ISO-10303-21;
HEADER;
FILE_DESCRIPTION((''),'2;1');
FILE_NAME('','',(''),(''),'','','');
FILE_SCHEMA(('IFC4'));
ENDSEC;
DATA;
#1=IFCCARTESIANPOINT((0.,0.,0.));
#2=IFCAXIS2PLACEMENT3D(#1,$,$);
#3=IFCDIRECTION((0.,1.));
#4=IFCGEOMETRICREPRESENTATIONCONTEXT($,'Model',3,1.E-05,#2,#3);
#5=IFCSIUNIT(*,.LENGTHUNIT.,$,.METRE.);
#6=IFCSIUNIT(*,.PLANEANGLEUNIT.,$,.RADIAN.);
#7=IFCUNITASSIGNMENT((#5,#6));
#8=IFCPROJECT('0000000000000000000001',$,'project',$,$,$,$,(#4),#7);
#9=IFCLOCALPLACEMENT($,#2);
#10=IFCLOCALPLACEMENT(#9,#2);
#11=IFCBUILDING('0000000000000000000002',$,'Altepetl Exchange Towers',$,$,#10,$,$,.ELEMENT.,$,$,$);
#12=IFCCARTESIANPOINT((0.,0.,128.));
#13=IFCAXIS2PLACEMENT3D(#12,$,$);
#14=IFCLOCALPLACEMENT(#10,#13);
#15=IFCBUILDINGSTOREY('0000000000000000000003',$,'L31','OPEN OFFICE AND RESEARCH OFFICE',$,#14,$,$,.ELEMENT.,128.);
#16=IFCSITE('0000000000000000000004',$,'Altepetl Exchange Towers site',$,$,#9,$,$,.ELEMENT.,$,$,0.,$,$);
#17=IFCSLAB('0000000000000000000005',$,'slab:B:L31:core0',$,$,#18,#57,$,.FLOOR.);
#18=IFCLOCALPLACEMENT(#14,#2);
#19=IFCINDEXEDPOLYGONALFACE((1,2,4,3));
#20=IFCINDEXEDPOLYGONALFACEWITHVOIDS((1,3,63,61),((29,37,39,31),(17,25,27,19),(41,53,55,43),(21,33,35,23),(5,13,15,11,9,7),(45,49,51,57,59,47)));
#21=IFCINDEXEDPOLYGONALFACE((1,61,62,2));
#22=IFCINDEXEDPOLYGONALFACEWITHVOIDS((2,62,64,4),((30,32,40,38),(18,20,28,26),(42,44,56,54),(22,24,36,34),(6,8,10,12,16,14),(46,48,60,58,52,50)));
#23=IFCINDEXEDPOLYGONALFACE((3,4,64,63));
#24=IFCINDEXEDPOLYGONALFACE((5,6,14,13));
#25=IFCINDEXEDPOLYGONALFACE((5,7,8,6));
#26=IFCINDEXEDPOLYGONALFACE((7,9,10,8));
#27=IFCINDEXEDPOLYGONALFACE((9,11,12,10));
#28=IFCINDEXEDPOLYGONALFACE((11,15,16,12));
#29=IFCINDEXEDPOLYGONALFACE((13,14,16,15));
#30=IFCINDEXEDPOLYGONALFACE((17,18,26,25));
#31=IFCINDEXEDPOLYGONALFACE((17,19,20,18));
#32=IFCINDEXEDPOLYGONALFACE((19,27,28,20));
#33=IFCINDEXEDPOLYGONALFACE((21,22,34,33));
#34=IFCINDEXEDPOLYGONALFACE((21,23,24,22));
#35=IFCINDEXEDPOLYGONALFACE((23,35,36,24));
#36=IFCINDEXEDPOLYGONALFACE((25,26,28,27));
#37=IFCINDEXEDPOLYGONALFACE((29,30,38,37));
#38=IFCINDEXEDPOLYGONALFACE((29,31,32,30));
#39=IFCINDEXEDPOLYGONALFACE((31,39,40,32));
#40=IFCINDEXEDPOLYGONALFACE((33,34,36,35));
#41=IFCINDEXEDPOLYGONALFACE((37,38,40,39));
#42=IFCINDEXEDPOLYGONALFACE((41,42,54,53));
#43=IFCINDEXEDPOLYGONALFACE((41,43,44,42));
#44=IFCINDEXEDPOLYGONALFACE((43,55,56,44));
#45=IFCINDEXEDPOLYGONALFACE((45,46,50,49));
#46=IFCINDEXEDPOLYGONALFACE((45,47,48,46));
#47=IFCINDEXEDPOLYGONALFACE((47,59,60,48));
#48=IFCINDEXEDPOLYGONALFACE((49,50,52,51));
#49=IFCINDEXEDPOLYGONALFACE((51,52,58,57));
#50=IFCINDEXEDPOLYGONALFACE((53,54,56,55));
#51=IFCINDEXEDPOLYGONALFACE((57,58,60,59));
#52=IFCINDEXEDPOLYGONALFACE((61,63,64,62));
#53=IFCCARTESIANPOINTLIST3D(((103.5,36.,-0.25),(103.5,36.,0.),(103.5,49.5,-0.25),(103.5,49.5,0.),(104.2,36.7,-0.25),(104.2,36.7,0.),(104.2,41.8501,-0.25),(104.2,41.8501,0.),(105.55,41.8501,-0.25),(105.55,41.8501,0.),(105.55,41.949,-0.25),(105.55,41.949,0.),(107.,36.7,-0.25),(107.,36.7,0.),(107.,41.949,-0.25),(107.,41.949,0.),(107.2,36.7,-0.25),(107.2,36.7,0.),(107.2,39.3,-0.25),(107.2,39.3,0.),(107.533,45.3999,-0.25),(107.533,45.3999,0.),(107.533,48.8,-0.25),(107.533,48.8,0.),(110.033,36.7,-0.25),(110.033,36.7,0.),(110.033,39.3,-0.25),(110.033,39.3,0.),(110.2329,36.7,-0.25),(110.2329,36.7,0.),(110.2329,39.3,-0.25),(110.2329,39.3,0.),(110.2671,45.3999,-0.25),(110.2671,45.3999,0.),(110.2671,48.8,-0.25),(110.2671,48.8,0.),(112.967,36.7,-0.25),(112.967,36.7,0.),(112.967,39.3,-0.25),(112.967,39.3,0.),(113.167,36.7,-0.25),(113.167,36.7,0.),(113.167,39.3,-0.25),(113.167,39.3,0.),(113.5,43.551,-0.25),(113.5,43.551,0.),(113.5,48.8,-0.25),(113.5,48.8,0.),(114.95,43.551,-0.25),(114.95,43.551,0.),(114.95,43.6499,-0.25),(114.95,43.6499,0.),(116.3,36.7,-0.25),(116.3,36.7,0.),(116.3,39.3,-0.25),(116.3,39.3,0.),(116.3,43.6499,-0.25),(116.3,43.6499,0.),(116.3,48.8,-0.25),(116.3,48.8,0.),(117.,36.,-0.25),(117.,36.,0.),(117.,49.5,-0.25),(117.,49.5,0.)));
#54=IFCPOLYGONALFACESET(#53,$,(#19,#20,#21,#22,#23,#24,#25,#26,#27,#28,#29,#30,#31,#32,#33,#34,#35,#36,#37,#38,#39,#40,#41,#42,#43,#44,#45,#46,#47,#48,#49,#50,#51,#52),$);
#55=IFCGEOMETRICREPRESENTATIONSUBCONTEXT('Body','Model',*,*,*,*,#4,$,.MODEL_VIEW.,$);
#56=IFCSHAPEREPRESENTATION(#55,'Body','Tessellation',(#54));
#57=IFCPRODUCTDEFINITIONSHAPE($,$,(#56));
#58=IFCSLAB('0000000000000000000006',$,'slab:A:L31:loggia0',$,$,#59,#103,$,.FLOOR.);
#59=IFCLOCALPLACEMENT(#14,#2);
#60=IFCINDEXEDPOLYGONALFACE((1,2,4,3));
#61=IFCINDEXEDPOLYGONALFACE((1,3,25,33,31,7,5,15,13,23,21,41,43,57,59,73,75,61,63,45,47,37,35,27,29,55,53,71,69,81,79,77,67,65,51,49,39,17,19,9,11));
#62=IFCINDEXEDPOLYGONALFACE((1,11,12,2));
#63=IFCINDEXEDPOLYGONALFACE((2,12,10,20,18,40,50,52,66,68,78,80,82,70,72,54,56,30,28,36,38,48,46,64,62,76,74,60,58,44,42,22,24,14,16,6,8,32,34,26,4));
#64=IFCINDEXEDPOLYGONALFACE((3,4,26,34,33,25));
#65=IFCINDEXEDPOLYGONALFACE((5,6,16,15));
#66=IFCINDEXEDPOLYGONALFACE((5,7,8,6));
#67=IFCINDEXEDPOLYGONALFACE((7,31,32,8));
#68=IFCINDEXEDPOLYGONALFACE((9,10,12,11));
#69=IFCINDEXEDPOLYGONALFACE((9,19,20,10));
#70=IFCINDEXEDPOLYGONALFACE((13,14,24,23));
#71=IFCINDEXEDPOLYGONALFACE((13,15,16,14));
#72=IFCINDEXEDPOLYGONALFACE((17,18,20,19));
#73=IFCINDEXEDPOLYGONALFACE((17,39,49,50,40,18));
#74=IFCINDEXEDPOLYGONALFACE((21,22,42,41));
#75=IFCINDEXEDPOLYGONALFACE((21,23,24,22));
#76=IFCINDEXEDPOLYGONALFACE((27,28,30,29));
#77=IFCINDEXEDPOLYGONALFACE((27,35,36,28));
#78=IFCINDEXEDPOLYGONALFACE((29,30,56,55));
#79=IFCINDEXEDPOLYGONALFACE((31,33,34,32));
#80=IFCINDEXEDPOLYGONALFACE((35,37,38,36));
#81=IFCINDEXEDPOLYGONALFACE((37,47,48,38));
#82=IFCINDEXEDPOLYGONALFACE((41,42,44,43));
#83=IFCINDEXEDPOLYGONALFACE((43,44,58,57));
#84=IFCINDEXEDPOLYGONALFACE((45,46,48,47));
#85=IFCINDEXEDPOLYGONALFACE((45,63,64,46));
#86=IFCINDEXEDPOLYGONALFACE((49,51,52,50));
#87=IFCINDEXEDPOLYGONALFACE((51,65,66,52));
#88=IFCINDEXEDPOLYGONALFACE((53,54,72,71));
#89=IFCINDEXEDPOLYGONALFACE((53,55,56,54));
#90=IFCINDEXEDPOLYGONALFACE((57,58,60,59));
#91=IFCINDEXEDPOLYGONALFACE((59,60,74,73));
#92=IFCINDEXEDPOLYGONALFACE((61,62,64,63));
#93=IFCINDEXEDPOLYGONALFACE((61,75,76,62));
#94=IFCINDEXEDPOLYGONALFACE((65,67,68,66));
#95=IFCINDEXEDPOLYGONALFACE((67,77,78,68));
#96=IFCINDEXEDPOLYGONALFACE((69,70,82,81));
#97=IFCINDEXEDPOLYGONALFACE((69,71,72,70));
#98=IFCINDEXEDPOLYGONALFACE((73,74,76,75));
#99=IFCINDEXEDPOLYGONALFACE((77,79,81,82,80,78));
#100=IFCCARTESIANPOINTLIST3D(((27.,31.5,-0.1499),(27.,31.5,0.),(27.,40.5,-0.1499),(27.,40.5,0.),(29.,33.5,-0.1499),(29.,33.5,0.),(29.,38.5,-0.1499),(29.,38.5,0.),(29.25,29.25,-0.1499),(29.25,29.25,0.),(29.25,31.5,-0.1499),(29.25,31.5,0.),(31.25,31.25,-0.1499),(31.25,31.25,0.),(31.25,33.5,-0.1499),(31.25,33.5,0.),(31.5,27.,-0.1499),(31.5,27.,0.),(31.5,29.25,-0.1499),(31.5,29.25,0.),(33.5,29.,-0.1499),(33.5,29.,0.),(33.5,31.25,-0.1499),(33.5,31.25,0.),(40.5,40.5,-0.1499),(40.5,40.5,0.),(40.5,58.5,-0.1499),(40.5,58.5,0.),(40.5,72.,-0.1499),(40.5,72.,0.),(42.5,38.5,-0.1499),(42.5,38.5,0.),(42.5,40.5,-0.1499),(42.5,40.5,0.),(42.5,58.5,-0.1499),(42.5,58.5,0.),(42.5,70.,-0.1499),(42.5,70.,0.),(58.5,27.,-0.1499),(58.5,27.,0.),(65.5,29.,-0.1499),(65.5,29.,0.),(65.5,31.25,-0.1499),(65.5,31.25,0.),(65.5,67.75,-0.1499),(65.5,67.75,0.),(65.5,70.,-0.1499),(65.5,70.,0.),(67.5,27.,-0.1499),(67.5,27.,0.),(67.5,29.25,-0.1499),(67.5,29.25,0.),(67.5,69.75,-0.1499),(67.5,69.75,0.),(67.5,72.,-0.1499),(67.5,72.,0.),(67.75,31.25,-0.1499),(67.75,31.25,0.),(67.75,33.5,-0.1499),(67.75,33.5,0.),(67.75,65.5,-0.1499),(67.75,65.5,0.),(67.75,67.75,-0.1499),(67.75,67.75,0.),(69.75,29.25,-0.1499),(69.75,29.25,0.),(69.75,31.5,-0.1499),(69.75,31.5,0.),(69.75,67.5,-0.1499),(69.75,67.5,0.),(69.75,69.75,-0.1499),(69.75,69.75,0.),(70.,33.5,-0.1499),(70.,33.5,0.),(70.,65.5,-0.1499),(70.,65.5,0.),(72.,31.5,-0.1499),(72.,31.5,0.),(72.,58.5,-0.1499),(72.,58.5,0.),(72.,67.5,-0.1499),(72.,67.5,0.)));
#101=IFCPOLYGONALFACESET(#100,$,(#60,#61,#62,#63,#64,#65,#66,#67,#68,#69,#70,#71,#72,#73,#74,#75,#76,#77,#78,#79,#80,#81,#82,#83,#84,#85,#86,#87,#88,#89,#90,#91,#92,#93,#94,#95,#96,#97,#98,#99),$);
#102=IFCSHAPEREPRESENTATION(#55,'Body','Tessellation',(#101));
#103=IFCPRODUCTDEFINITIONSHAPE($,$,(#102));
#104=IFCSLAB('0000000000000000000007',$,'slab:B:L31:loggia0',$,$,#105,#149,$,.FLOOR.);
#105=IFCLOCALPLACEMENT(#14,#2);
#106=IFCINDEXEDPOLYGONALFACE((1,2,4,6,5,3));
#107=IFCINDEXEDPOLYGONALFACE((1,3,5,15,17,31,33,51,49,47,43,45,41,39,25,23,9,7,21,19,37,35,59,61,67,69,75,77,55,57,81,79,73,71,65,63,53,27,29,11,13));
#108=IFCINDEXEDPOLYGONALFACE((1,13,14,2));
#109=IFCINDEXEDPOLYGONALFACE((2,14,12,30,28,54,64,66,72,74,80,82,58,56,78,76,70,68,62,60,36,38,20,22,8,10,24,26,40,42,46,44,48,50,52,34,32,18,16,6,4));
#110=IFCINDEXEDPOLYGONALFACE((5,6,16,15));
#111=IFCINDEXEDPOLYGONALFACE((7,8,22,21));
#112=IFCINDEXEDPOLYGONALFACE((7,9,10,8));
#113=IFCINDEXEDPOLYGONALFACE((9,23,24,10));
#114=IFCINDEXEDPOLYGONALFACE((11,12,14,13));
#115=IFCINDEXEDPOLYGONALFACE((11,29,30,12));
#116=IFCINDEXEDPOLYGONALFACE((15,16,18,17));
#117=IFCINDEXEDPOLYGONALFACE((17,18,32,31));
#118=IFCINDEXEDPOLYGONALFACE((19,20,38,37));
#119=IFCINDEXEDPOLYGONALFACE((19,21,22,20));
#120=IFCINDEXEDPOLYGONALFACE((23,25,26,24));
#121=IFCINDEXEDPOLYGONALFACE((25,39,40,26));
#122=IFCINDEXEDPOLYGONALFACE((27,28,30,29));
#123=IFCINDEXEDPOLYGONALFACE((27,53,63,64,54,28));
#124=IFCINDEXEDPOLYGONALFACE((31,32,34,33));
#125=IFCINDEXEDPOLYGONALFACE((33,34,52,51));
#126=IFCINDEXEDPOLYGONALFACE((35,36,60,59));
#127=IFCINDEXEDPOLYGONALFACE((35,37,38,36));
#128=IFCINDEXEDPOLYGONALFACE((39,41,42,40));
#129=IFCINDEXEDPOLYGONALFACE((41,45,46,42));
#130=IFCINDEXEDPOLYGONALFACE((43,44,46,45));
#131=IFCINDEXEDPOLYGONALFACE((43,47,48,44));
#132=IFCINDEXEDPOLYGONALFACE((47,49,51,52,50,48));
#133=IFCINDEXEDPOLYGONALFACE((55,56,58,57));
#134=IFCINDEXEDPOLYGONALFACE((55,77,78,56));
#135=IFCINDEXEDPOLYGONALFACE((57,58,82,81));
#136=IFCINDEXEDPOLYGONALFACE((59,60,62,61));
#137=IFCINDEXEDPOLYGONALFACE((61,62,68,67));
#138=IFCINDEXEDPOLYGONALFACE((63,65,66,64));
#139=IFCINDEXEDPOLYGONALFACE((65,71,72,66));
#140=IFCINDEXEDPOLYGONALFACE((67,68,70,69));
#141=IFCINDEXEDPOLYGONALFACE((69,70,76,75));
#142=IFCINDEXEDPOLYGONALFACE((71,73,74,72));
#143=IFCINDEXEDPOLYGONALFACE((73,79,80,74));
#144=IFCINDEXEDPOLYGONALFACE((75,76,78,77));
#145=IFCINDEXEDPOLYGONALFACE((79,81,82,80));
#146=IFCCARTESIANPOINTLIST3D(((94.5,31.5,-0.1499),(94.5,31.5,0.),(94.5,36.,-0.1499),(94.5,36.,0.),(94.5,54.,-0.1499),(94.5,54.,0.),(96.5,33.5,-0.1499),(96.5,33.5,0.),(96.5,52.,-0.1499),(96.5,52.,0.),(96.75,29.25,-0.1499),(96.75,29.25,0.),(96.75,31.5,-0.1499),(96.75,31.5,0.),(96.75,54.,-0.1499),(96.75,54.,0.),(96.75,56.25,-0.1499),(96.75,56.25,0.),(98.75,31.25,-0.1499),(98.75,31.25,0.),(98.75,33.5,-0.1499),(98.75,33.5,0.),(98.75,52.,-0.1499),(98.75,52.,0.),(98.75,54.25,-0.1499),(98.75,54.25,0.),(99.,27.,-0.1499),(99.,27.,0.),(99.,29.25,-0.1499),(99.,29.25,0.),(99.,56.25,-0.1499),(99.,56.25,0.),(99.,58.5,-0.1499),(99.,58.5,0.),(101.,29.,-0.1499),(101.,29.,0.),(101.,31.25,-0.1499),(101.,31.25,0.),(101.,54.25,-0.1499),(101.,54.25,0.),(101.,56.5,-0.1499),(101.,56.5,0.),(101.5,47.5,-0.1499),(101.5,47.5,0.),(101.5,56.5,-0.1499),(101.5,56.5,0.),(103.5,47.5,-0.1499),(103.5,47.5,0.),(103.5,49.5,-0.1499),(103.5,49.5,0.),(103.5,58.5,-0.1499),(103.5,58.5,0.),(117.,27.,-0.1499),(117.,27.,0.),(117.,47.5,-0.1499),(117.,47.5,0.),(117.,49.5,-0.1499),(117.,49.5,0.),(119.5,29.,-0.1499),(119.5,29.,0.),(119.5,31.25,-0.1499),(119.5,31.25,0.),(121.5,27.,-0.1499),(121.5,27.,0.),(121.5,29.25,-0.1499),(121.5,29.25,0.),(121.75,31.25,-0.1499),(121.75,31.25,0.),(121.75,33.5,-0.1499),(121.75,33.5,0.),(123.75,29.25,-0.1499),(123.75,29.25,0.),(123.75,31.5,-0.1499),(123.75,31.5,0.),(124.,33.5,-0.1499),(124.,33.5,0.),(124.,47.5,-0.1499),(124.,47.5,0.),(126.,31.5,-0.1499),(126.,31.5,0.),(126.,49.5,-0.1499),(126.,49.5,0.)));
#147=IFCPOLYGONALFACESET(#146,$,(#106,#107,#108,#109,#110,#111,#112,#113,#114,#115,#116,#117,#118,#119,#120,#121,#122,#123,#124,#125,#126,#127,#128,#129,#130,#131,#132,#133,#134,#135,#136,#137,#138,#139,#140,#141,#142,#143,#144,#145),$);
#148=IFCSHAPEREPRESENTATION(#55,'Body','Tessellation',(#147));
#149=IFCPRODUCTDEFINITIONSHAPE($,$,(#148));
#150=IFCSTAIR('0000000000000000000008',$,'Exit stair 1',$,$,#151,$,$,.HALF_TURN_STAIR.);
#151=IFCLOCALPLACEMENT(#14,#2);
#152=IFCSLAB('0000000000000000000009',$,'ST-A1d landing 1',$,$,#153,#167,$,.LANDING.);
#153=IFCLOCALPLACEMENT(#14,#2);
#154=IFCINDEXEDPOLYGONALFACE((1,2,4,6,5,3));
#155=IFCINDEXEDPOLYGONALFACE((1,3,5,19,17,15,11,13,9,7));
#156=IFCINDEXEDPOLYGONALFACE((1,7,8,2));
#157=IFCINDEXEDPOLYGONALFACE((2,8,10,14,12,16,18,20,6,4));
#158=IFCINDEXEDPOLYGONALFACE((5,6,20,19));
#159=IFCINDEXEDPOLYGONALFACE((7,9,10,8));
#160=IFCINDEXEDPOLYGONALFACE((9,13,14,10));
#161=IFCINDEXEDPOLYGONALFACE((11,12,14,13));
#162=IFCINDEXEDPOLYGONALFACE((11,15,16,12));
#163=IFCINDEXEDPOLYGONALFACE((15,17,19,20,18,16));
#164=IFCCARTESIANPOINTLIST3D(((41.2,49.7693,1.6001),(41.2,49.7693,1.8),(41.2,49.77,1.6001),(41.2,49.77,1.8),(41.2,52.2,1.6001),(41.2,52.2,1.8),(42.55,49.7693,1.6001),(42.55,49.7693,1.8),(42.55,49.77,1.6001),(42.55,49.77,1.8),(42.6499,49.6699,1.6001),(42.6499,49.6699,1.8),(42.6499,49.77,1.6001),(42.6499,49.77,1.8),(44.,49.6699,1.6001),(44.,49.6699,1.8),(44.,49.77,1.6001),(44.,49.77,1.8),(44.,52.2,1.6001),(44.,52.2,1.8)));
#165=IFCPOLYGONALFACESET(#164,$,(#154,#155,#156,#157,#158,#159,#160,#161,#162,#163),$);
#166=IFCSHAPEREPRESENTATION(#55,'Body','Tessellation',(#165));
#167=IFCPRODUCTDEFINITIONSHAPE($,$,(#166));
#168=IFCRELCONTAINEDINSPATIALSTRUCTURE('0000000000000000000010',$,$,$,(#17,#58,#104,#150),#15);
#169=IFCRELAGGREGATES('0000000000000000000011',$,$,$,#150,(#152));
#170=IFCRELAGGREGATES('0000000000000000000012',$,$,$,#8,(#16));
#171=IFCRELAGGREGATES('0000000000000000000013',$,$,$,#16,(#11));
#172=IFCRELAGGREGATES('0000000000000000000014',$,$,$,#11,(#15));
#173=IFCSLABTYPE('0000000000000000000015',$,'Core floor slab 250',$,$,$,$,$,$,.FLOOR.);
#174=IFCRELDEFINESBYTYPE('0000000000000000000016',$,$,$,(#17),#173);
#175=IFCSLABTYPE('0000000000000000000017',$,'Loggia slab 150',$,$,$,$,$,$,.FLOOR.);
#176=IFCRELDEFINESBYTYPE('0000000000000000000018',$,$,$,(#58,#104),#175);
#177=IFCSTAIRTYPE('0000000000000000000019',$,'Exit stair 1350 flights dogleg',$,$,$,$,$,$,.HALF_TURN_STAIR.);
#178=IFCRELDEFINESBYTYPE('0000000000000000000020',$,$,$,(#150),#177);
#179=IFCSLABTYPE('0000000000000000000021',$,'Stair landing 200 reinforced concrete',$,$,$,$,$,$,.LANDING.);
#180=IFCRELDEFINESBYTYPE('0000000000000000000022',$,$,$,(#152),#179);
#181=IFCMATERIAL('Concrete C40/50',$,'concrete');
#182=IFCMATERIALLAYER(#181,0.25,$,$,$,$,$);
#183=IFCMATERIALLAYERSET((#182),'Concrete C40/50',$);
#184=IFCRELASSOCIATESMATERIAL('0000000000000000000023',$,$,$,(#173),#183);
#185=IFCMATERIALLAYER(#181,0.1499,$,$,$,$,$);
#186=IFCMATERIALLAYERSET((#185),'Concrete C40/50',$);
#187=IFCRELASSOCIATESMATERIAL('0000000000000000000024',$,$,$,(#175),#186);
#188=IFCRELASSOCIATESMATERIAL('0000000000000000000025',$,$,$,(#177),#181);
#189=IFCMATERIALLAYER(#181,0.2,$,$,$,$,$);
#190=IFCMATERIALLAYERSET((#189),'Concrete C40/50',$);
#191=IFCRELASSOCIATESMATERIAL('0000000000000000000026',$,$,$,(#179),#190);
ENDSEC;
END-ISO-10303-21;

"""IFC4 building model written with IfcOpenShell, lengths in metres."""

from ifc_helpers import new_model, si_unit, direction, frame, origin, place, context, subcontext, project, spatial, polyline, outline, extrude, material, layer, layer_set, type_object, element, aggregate, save


model = new_model("IFC4")

# Units and contexts
model_context = context("Model", 3, precision=1e-05, world=origin(), true_north=direction((0.0, 1.0)))
body_context = subcontext(model_context, "Body", "Model", "MODEL_VIEW")
ifc_project = project(units=[si_unit("LENGTHUNIT", "METRE"), si_unit("PLANEANGLEUNIT", "RADIAN")], contexts=[model_context])

# Site, building, storey
site_placement = place(None, origin())
site = spatial("IfcSite", under=ifc_project, at=site_placement, Name="Altepetl Exchange Towers site", CompositionType="ELEMENT", RefElevation=0.0)
building_placement = place(site_placement, origin())
building = spatial("IfcBuilding", under=site, at=building_placement, Name="Altepetl Exchange Towers", CompositionType="ELEMENT")
storey_placement = place(building_placement, frame((0.0, 0.0, 128.0)))
storey = spatial("IfcBuildingStorey", under=building, at=storey_placement, Name="L31", Description="OPEN OFFICE AND RESEARCH OFFICE", CompositionType="ELEMENT", Elevation=128.0)

# Slabs
ifc_material_1 = material(Name="Concrete C40/50", Category="concrete")
ifc_layer_1 = layer(ifc_material_1, 0.25)
ifc_layer_set_1 = layer_set([ifc_layer_1], Name="Concrete C40/50")
slab_type_1 = type_object("IfcSlabType", Name="Core floor slab 250", PredefinedType="FLOOR", material=ifc_layer_set_1)
slab_1_placement = place(storey_placement, frame((0.0, 0.0, -0.25)))
element("IfcSlab", 1, at=slab_1_placement, inside=storey, type_object=slab_type_1, Name="slab:B:L31:core0", PredefinedType="FLOOR", context=body_context, shape_type="SweptSolid", body=[
    extrude(outline(polyline([(103.5, 36.0), (117.0, 36.0), (117.0, 49.5), (103.5, 49.5), (103.5, 36.0)]), holes=[polyline([(107.2, 36.7), (107.2, 39.3), (110.033, 39.3), (110.033, 36.7), (107.2, 36.7)]), polyline([(110.2329, 39.3), (112.967, 39.3), (112.967, 36.7), (110.2329, 36.7), (110.2329, 39.3)]), polyline([(113.167, 39.3), (116.3, 39.3), (116.3, 36.7), (113.167, 36.7), (113.167, 39.3)]), polyline([(107.0, 36.7), (104.2, 36.7), (104.2, 41.8501), (105.55, 41.8501), (105.55, 41.949), (107.0, 41.949), (107.0, 36.7)]), polyline([(116.3, 48.8), (116.3, 43.6499), (114.95, 43.6499), (114.95, 43.551), (113.5, 43.551), (113.5, 48.8), (116.3, 48.8)]), polyline([(107.533, 48.8), (110.2671, 48.8), (110.2671, 45.3999), (107.533, 45.3999), (107.533, 48.8)])]), origin(), (0.0, 0.0, 1.0), 0.25),
])
ifc_layer_2 = layer(ifc_material_1, 0.1499)
ifc_layer_set_2 = layer_set([ifc_layer_2], Name="Concrete C40/50")
slab_type_2 = type_object("IfcSlabType", Name="Loggia slab 150", PredefinedType="FLOOR", material=ifc_layer_set_2)
slab_2_placement = place(storey_placement, frame((0.0, 0.0, -0.1499)))
element("IfcSlab", 2, at=slab_2_placement, inside=storey, type_object=slab_type_2, Name="slab:A:L31:loggia0", PredefinedType="FLOOR", context=body_context, shape_type="SweptSolid", body=[
    extrude(outline(polyline([(40.5, 72.0), (40.5, 58.5), (42.5, 58.5), (42.5, 70.0), (65.5, 70.0), (65.5, 67.75), (67.75, 67.75), (67.75, 65.5), (70.0, 65.5), (70.0, 33.5), (67.75, 33.5), (67.75, 31.25), (65.5, 31.25), (65.5, 29.0), (33.5, 29.0), (33.5, 31.25), (31.25, 31.25), (31.25, 33.5), (29.0, 33.5), (29.0, 38.5), (42.5, 38.5), (42.5, 40.5), (40.5, 40.5), (27.0, 40.5), (27.0, 31.5), (29.25, 31.5), (29.25, 29.25), (31.5, 29.25), (31.5, 27.0), (58.5, 27.0), (67.5, 27.0), (67.5, 29.25), (69.75, 29.25), (69.75, 31.5), (72.0, 31.5), (72.0, 58.5), (72.0, 67.5), (69.75, 67.5), (69.75, 69.75), (67.5, 69.75), (67.5, 72.0), (40.5, 72.0)])), origin(), (0.0, 0.0, 1.0), 0.1499),
])
slab_3_placement = place(storey_placement, frame((0.0, 0.0, -0.1499)))
element("IfcSlab", 3, at=slab_3_placement, inside=storey, type_object=slab_type_2, Name="slab:B:L31:loggia0", PredefinedType="FLOOR", context=body_context, shape_type="SweptSolid", body=[
    extrude(outline(polyline([(96.75, 54.0), (94.5, 54.0), (94.5, 36.0), (94.5, 31.5), (96.75, 31.5), (96.75, 29.25), (99.0, 29.25), (99.0, 27.0), (117.0, 27.0), (121.5, 27.0), (121.5, 29.25), (123.75, 29.25), (123.75, 31.5), (126.0, 31.5), (126.0, 49.5), (117.0, 49.5), (117.0, 47.5), (124.0, 47.5), (124.0, 33.5), (121.75, 33.5), (121.75, 31.25), (119.5, 31.25), (119.5, 29.0), (101.0, 29.0), (101.0, 31.25), (98.75, 31.25), (98.75, 33.5), (96.5, 33.5), (96.5, 52.0), (98.75, 52.0), (98.75, 54.25), (101.0, 54.25), (101.0, 56.5), (101.5, 56.5), (101.5, 47.5), (103.5, 47.5), (103.5, 49.5), (103.5, 58.5), (99.0, 58.5), (99.0, 56.25), (96.75, 56.25), (96.75, 54.0)])), origin(), (0.0, 0.0, 1.0), 0.1499),
])

# Stair, slab
stair_type = type_object("IfcStairType", Name="Exit stair 1350 flights dogleg", PredefinedType="HALF_TURN_STAIR", material=ifc_material_1)
stair_1_placement = place(storey_placement, origin())
stair_1 = element("IfcStair", 4, at=stair_1_placement, inside=storey, type_object=stair_type, Name="Exit stair 1", PredefinedType="HALF_TURN_STAIR")
ifc_layer_3 = layer(ifc_material_1, 0.2)
ifc_layer_set_3 = layer_set([ifc_layer_3], Name="Concrete C40/50")
slab_type_3 = type_object("IfcSlabType", Name="Stair landing 200 reinforced concrete", PredefinedType="LANDING", material=ifc_layer_set_3)
slab_4_placement = place(storey_placement, frame((0.0, 0.0, 1.6001)))
slab_4 = element("IfcSlab", 5, at=slab_4_placement, type_object=slab_type_3, Name="ST-A1d landing 1", PredefinedType="LANDING", context=body_context, shape_type="SweptSolid", body=[
    extrude(outline(polyline([(44.0, 49.6699), (42.6499, 49.6699), (42.6499, 49.77), (42.55, 49.77), (42.55, 49.7693), (41.2, 49.7693), (41.2, 49.77), (41.2, 52.2), (44.0, 52.2), (44.0, 49.77), (44.0, 49.6699)])), origin(), (0.0, 0.0, 1.0), 0.2),
])
aggregate(stair_1, [slab_4])

save(model, "model.ifc")
